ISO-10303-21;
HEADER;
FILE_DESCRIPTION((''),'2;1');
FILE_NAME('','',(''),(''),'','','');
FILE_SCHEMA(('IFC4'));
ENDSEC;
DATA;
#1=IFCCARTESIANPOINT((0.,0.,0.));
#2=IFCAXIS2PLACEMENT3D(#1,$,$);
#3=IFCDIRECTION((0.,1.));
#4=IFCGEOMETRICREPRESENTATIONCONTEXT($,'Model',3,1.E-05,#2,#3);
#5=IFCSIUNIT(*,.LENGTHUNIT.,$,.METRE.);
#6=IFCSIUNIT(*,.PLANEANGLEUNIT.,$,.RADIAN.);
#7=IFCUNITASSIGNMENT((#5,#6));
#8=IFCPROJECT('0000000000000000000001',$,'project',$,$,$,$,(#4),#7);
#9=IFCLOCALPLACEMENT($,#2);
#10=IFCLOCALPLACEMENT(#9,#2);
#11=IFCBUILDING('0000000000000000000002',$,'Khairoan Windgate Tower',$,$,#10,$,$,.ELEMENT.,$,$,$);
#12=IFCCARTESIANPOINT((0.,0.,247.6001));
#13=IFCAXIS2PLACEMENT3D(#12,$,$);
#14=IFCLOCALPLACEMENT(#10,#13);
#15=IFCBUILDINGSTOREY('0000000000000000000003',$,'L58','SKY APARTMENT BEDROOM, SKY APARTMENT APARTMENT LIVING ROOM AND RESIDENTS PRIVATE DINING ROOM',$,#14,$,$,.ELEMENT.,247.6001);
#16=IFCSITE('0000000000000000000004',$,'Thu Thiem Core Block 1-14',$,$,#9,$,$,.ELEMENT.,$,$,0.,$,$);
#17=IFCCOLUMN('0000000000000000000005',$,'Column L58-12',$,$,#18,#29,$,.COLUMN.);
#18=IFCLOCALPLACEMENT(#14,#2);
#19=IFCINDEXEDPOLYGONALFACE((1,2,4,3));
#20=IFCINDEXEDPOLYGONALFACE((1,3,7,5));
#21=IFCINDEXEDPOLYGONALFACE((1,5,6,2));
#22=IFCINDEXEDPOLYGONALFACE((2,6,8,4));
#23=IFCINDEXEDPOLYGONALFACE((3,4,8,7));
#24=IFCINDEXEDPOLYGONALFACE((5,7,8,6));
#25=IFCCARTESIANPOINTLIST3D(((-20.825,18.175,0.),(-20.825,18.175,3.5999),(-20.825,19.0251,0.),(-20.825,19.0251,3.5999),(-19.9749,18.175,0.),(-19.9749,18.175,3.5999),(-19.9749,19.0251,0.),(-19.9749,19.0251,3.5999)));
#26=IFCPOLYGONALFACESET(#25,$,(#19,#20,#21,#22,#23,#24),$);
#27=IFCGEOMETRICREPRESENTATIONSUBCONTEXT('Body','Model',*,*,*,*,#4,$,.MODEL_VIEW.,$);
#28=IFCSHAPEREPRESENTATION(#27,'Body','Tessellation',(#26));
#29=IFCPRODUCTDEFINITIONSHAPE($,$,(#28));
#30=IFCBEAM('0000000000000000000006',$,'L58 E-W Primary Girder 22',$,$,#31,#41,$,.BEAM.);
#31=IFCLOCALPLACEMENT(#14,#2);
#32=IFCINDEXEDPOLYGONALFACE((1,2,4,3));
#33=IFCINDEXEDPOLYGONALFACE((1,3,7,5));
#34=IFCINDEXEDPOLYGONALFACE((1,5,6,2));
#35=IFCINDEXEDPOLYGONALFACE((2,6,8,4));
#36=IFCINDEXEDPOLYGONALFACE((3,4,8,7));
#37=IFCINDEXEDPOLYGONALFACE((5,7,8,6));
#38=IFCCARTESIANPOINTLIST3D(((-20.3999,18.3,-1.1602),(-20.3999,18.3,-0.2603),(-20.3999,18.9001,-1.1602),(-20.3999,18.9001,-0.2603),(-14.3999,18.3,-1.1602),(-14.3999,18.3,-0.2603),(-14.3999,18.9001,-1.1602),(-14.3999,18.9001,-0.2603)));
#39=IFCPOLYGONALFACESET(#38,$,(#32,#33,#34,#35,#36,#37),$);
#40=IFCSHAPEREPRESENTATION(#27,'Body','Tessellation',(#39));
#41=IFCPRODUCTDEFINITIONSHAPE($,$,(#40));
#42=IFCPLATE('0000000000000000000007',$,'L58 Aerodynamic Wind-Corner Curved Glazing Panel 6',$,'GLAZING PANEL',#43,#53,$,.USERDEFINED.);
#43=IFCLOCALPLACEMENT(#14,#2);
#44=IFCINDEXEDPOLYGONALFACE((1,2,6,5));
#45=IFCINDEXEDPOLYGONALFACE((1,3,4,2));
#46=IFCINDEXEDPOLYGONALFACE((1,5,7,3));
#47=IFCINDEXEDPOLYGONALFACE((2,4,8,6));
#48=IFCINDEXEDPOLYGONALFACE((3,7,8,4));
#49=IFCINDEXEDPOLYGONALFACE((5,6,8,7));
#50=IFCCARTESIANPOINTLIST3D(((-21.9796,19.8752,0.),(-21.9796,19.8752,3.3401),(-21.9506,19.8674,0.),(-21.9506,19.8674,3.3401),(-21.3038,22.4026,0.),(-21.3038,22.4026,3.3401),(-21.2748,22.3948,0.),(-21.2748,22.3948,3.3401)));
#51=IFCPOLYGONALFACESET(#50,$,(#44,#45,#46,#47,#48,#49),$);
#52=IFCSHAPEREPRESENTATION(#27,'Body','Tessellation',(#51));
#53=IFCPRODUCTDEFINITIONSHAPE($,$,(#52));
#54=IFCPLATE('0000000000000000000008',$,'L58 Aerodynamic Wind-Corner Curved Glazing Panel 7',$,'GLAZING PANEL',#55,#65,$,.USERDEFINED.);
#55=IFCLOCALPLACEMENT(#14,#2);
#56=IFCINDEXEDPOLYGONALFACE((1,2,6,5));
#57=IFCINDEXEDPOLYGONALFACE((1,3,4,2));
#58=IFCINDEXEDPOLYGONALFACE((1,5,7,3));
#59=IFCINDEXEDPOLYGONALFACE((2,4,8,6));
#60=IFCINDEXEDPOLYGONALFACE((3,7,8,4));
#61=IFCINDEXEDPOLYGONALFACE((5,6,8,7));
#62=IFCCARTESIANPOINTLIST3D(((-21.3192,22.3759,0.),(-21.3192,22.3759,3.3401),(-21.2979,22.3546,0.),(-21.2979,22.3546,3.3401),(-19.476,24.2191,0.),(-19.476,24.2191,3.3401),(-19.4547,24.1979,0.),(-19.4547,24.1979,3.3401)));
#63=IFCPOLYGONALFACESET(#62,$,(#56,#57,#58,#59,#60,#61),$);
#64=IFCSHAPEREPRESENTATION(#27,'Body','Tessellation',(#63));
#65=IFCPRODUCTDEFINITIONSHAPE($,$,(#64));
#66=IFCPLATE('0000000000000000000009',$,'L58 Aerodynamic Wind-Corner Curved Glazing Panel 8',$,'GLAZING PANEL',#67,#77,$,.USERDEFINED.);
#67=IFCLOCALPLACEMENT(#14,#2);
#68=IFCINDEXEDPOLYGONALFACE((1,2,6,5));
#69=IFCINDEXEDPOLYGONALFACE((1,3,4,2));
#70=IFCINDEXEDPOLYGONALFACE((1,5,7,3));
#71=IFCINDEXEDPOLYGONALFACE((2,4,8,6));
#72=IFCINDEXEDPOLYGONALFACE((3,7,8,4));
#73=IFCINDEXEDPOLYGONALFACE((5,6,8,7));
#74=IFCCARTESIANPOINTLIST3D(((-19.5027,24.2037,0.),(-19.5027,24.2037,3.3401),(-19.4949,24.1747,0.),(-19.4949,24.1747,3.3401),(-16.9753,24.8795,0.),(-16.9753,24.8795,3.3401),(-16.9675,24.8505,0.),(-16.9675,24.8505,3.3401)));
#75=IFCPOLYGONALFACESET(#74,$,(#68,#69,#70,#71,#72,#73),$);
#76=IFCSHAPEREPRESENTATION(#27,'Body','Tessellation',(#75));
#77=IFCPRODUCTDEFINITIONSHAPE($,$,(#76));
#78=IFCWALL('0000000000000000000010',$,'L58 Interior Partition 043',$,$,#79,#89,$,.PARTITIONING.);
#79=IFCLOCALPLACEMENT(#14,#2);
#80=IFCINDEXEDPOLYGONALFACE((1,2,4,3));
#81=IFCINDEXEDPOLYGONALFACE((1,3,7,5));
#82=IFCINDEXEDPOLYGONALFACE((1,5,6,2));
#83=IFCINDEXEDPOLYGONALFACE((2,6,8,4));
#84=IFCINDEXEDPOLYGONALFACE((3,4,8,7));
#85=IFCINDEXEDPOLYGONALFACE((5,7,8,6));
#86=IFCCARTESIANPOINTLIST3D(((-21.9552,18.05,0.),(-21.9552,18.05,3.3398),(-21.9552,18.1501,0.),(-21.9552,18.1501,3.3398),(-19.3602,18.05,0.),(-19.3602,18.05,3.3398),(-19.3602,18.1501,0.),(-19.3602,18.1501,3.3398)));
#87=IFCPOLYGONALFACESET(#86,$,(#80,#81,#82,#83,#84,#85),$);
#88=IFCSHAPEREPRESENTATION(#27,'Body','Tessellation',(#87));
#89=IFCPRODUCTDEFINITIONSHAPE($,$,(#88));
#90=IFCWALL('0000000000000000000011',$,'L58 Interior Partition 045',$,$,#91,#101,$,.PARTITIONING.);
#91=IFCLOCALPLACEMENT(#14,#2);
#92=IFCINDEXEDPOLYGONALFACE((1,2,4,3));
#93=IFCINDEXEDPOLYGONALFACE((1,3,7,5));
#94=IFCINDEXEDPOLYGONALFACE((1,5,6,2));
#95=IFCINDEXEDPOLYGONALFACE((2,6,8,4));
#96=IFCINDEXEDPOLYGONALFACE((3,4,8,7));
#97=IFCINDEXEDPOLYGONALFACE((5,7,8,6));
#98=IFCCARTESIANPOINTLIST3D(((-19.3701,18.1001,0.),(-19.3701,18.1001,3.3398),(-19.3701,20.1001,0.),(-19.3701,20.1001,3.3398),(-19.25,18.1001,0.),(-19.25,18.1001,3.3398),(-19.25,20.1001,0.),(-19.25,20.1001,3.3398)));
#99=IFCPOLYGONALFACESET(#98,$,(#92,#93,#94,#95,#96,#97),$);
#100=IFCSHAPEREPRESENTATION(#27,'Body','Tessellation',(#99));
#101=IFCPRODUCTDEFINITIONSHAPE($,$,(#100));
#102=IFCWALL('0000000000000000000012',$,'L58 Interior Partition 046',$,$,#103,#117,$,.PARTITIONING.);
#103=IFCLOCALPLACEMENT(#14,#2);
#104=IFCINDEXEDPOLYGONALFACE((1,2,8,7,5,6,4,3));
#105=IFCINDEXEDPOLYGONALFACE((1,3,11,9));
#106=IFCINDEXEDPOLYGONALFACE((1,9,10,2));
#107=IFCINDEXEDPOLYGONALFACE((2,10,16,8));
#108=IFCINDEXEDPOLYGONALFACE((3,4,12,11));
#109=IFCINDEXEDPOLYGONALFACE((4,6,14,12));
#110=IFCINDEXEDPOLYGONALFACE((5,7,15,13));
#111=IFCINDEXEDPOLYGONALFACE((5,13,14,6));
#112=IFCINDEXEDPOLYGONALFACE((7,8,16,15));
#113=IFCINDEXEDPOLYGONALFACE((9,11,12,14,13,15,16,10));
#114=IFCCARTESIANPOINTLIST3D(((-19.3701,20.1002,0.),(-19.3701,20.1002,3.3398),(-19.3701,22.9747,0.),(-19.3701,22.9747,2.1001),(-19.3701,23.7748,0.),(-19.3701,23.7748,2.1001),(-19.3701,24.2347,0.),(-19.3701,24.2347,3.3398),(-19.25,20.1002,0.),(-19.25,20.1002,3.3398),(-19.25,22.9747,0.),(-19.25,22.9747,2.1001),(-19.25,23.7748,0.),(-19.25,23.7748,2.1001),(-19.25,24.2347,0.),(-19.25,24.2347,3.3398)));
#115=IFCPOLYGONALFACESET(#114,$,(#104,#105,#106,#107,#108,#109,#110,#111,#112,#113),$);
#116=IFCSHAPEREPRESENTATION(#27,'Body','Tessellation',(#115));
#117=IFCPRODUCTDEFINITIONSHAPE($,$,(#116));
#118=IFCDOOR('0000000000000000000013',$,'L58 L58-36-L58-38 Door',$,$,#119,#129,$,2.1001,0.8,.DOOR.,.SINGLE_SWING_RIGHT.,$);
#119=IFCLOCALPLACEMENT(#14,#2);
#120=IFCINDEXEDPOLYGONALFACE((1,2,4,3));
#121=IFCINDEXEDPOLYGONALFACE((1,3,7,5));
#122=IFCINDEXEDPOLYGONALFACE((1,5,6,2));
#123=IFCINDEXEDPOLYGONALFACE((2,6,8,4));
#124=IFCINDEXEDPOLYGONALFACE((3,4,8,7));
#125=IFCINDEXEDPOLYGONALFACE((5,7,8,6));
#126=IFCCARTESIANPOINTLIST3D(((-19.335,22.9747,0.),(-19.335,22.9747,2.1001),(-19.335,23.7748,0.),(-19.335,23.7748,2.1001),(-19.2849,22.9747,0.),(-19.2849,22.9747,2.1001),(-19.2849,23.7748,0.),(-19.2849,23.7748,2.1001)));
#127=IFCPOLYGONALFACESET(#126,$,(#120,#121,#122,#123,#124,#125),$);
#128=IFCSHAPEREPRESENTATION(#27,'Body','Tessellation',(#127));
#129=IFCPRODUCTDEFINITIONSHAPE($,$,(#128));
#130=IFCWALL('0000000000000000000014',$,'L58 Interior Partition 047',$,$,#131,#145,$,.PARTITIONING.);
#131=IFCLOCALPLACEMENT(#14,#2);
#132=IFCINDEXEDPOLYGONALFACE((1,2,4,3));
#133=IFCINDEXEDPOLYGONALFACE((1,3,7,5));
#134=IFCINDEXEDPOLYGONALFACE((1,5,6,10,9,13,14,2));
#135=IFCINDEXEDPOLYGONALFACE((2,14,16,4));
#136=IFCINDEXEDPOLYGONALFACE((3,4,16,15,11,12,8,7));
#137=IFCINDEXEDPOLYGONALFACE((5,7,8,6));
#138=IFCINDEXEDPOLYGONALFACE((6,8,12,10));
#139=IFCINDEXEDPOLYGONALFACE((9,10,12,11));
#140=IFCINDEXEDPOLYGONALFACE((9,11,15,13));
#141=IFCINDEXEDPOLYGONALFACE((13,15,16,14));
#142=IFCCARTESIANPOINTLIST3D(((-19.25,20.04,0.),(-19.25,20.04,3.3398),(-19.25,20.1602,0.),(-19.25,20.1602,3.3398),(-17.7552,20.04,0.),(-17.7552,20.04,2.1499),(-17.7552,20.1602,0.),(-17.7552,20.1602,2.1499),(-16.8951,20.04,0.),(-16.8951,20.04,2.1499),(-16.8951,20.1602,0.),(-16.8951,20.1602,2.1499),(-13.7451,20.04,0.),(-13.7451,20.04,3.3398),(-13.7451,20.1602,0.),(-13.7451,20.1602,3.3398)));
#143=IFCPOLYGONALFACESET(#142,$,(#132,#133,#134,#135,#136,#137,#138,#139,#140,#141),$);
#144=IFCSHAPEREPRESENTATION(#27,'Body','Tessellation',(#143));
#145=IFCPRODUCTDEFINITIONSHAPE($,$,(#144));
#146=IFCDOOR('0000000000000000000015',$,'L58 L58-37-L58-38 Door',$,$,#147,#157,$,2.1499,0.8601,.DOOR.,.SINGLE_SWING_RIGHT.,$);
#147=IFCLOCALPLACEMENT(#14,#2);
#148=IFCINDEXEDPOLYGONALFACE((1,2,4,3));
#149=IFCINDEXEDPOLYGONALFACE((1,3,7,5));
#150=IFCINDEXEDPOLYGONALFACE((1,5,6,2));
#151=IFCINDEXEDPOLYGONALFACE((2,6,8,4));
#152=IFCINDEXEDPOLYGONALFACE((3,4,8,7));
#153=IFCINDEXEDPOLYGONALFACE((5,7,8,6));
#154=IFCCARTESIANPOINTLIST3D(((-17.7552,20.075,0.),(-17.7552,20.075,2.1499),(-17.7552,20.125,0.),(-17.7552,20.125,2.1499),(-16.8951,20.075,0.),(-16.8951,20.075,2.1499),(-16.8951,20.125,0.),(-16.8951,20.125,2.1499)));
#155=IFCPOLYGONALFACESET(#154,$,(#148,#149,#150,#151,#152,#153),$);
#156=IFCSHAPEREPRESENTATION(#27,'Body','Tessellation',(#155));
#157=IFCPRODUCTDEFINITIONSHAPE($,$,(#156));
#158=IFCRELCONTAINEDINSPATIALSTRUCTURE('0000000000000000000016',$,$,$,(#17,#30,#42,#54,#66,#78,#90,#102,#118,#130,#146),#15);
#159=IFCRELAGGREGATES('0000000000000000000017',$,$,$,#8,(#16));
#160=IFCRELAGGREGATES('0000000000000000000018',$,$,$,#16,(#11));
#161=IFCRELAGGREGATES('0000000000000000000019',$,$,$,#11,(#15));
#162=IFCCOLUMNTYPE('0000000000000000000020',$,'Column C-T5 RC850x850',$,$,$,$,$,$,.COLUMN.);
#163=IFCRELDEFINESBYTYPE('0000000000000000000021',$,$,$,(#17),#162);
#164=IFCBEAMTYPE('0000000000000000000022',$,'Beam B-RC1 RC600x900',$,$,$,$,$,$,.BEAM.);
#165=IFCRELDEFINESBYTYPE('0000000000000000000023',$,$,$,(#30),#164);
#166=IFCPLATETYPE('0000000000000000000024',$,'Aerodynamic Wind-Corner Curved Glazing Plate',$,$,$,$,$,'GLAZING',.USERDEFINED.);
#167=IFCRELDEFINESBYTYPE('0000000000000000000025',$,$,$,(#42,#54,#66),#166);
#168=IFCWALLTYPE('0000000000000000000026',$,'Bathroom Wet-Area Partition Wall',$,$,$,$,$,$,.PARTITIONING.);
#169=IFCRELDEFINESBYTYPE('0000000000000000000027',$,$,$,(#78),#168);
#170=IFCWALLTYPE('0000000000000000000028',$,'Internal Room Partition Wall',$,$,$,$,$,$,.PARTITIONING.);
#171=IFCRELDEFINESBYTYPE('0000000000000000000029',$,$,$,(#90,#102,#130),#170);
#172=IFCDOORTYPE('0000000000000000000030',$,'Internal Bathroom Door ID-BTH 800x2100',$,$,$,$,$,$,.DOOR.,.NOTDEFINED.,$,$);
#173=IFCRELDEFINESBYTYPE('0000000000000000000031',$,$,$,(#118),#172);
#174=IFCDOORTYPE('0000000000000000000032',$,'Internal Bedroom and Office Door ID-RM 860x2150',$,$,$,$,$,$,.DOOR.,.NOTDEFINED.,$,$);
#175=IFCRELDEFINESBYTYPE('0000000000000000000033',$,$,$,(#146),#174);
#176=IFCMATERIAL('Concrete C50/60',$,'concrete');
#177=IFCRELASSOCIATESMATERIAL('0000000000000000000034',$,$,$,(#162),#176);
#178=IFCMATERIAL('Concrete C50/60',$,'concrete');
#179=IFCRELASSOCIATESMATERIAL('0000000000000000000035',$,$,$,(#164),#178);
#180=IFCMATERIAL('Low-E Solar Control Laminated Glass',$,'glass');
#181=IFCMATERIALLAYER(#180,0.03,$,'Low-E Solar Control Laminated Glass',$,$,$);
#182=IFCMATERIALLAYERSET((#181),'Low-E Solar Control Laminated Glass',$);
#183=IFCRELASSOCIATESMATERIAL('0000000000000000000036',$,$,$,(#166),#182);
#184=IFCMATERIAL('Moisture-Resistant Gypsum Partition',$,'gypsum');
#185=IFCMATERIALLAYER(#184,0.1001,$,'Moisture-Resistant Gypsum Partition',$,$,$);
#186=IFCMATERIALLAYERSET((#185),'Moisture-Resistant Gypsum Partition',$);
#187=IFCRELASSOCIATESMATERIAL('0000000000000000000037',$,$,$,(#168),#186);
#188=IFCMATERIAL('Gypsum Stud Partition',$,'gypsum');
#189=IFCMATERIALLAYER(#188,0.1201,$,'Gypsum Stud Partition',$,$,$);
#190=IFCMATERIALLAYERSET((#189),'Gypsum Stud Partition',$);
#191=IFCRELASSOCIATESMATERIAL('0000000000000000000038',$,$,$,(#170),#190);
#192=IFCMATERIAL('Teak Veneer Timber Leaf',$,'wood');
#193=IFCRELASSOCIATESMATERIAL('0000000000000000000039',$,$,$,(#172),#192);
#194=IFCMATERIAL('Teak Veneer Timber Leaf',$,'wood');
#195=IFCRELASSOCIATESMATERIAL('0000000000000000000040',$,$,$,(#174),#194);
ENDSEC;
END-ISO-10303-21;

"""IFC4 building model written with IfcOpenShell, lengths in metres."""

from ifc_helpers import new_model, si_unit, direction, frame, frame_2d, origin, origin_2d, place, context, subcontext, project, spatial, rectangle, extrude, material, layer, layer_set, material_profile, profile_set, type_object, element, fill, save


model = new_model("IFC4")

# Units and contexts
model_context = context("Model", 3, precision=1e-05, world=origin(), true_north=direction((0.0, 1.0)))
body_context = subcontext(model_context, "Body", "Model", "MODEL_VIEW")
ifc_project = project(units=[si_unit("LENGTHUNIT", "METRE"), si_unit("PLANEANGLEUNIT", "RADIAN")], contexts=[model_context])

# Site, building, storey
site_placement = place(None, origin())
site = spatial("IfcSite", under=ifc_project, at=site_placement, Name="Thu Thiem Core Block 1-14", CompositionType="ELEMENT", RefElevation=0.0)
building_placement = place(site_placement, origin())
building = spatial("IfcBuilding", under=site, at=building_placement, Name="Khairoan Windgate Tower", CompositionType="ELEMENT")
storey_placement = place(building_placement, frame((0.0, 0.0, 247.6001)))
storey = spatial("IfcBuildingStorey", under=building, at=storey_placement, Name="L58", Description="SKY APARTMENT BEDROOM, SKY APARTMENT APARTMENT LIVING ROOM AND RESIDENTS PRIVATE DINING ROOM", CompositionType="ELEMENT", Elevation=247.6001)

# Column
ifc_material_1 = material(Name="Concrete C50/60", Category="concrete")
ifc_material_profile_1 = material_profile(ifc_material_1, rectangle(XDim=0.8501, YDim=0.8501, at=origin_2d()))
ifc_profile_set_1 = profile_set([ifc_material_profile_1], Name="Concrete C50/60")
column_type = type_object("IfcColumnType", Name="Column C-T5 RC850x850", PredefinedType="COLUMN", material=ifc_profile_set_1)
column_placement = place(storey_placement, frame((-20.3999, 18.6001, 0.0), z_axis=(0.0, 0.0, 1.0), x_axis=(1.0, 0.0, 0.0)))
element("IfcColumn", 1, at=column_placement, inside=storey, type_object=column_type, Name="Column L58-12", PredefinedType="COLUMN", context=body_context, shape_type="SweptSolid", body=[
    extrude(rectangle(XDim=0.8501, YDim=0.8501, at=origin_2d()), origin(), (0.0, 0.0, 1.0), 3.5999),
])

# Beam
ifc_material_2 = material(Name="Concrete C50/60", Category="concrete")
ifc_material_profile_2 = material_profile(ifc_material_2, rectangle(XDim=0.6001, YDim=0.8999, at=origin_2d()))
ifc_profile_set_2 = profile_set([ifc_material_profile_2], Name="Concrete C50/60")
beam_type = type_object("IfcBeamType", Name="Beam B-RC1 RC600x900", PredefinedType="BEAM", material=ifc_profile_set_2)
beam_placement = place(storey_placement, frame((-20.3999, 18.6001, -0.7102), z_axis=(1.0, 0.0, 0.0), x_axis=(0.0, 1.0, 0.0)))
element("IfcBeam", 2, at=beam_placement, inside=storey, type_object=beam_type, Name="L58 E-W Primary Girder 22", PredefinedType="BEAM", context=body_context, shape_type="SweptSolid", body=[
    extrude(rectangle(XDim=0.6001, YDim=0.8999, at=origin_2d()), origin(), (0.0, 0.0, 1.0), 6.0),
])

# Plates
ifc_material_3 = material(Name="Low-E Solar Control Laminated Glass", Category="glass")
ifc_layer_1 = layer(ifc_material_3, 0.03, Name="Low-E Solar Control Laminated Glass")
ifc_layer_set_1 = layer_set([ifc_layer_1], Name="Low-E Solar Control Laminated Glass")
plate_type_1 = type_object("IfcPlateType", Name="Aerodynamic Wind-Corner Curved Glazing Plate", ElementType="GLAZING", PredefinedType="USERDEFINED", material=ifc_layer_set_1)
plate_1_placement = place(storey_placement, frame((-21.6272, 21.135, 0.0), z_axis=(0.0, 0.0, 1.0), x_axis=(0.258313, 0.966061, 0.0)))
element("IfcPlate", 3, at=plate_1_placement, inside=storey, type_object=plate_type_1, Name="L58 Aerodynamic Wind-Corner Curved Glazing Panel 6", ObjectType="GLAZING PANEL", PredefinedType="USERDEFINED", context=body_context, shape_type="SweptSolid", body=[
    extrude(rectangle(XDim=2.6162, YDim=0.03, at=origin_2d()), origin(), (0.0, 0.0, 1.0), 3.3401),
])
plate_2_placement = place(storey_placement, frame((-20.387, 23.2869, 0.0), z_axis=(0.0, 0.0, 1.0), x_axis=(0.707107, 0.707107, 0.0)))
element("IfcPlate", 4, at=plate_2_placement, inside=storey, type_object=plate_type_1, Name="L58 Aerodynamic Wind-Corner Curved Glazing Panel 7", ObjectType="GLAZING PANEL", PredefinedType="USERDEFINED", context=body_context, shape_type="SweptSolid", body=[
    extrude(rectangle(XDim=2.6067, YDim=0.03, at=origin_2d()), origin(), (0.0, 0.0, 1.0), 3.3401),
])
plate_3_placement = place(storey_placement, frame((-18.2351, 24.5271, 0.0), z_axis=(0.0, 0.0, 1.0), x_axis=(0.966061, 0.258313, 0.0)))
element("IfcPlate", 5, at=plate_3_placement, inside=storey, type_object=plate_type_1, Name="L58 Aerodynamic Wind-Corner Curved Glazing Panel 8", ObjectType="GLAZING PANEL", PredefinedType="USERDEFINED", context=body_context, shape_type="SweptSolid", body=[
    extrude(rectangle(XDim=2.6162, YDim=0.03, at=origin_2d()), origin(), (0.0, 0.0, 1.0), 3.3401),
])

# Walls
ifc_material_4 = material(Name="Moisture-Resistant Gypsum Partition", Category="gypsum")
ifc_layer_2 = layer(ifc_material_4, 0.1001, Name="Moisture-Resistant Gypsum Partition")
ifc_layer_set_2 = layer_set([ifc_layer_2], Name="Moisture-Resistant Gypsum Partition")
wall_type_1 = type_object("IfcWallType", Name="Bathroom Wet-Area Partition Wall", PredefinedType="PARTITIONING", material=ifc_layer_set_2)
wall_1_placement = place(storey_placement, frame((-21.9551, 18.1001, 0.0), z_axis=(0.0, 0.0, 1.0), x_axis=(1.0, 0.0, 0.0)))
element("IfcWall", 6, at=wall_1_placement, inside=storey, type_object=wall_type_1, Name="L58 Interior Partition 043", PredefinedType="PARTITIONING", context=body_context, shape_type="SweptSolid", body=[
    extrude(rectangle(XDim=2.595, YDim=0.1001, at=frame_2d((1.2974, 0.0))), origin(), (0.0, 0.0, 1.0), 3.3398),
])
ifc_material_5 = material(Name="Gypsum Stud Partition", Category="gypsum")
ifc_layer_3 = layer(ifc_material_5, 0.1201, Name="Gypsum Stud Partition")
ifc_layer_set_3 = layer_set([ifc_layer_3], Name="Gypsum Stud Partition")
wall_type_2 = type_object("IfcWallType", Name="Internal Room Partition Wall", PredefinedType="PARTITIONING", material=ifc_layer_set_3)
wall_2_placement = place(storey_placement, frame((-19.3101, 18.1001, 0.0), z_axis=(0.0, 0.0, 1.0), x_axis=(0.0, 1.0, 0.0)))
element("IfcWall", 7, at=wall_2_placement, inside=storey, type_object=wall_type_2, Name="L58 Interior Partition 045", PredefinedType="PARTITIONING", context=body_context, shape_type="SweptSolid", body=[
    extrude(rectangle(XDim=2.0, YDim=0.1201, at=frame_2d((1.0, 0.0))), origin(), (0.0, 0.0, 1.0), 3.3398),
])

# Walls, openings, doors
wall_3_placement = place(storey_placement, frame((-19.3101, 20.1001, 0.0), z_axis=(0.0, 0.0, 1.0), x_axis=(0.0, 1.0, 0.0)))
wall_3 = element("IfcWall", 8, at=wall_3_placement, inside=storey, type_object=wall_type_2, Name="L58 Interior Partition 046", PredefinedType="PARTITIONING", context=body_context, shape_type="SweptSolid", body=[
    extrude(rectangle(XDim=4.1345, YDim=0.1201, at=frame_2d((2.0674, 0.0))), origin(), (0.0, 0.0, 1.0), 3.3398),
])
opening_1_placement = place(wall_3_placement, frame((2.8748, 0.0, 0.0)))
opening_1 = element("IfcOpeningElement", 9, at=opening_1_placement, cuts=wall_3, PredefinedType="OPENING", context=body_context, shape_type="SweptSolid", body=[
    extrude(rectangle(XDim=0.8, YDim=2.1001, at=frame_2d((0.3999, 1.05))), frame((0.0, 0.0701, 0.0), z_axis=(0.0, -1.0, 0.0), x_axis=(1.0, 0.0, 0.0)), (0.0, 0.0, 1.0), 0.1401),
])
ifc_material_6 = material(Name="Teak Veneer Timber Leaf", Category="wood")
door_type_1 = type_object("IfcDoorType", Name="Internal Bathroom Door ID-BTH 800x2100", OperationType="NOTDEFINED", PredefinedType="DOOR", material=ifc_material_6)
door_1_placement = place(opening_1_placement, origin())
door_1 = element("IfcDoor", 10, at=door_1_placement, inside=storey, type_object=door_type_1, Name="L58 L58-36-L58-38 Door", OperationType="SINGLE_SWING_RIGHT", OverallHeight=2.1001, OverallWidth=0.8, PredefinedType="DOOR", context=body_context, shape_type="SweptSolid", body=[
    extrude(rectangle(XDim=0.8, YDim=2.1001, at=frame_2d((0.3999, 1.05))), frame((0.0, 0.0249, 0.0), z_axis=(0.0, -1.0, 0.0), x_axis=(1.0, 0.0, 0.0)), (0.0, 0.0, 1.0), 0.05),
])
fill(opening_1, door_1)
wall_4_placement = place(storey_placement, frame((-19.25, 20.1001, 0.0), z_axis=(0.0, 0.0, 1.0), x_axis=(1.0, 0.0, 0.0)))
wall_4 = element("IfcWall", 11, at=wall_4_placement, inside=storey, type_object=wall_type_2, Name="L58 Interior Partition 047", PredefinedType="PARTITIONING", context=body_context, shape_type="SweptSolid", body=[
    extrude(rectangle(XDim=5.5049, YDim=0.1201, at=frame_2d((2.7524, 0.0))), origin(), (0.0, 0.0, 1.0), 3.3398),
])
opening_2_placement = place(wall_4_placement, frame((1.4946, 0.0, 0.0)))
opening_2 = element("IfcOpeningElement", 12, at=opening_2_placement, cuts=wall_4, PredefinedType="OPENING", context=body_context, shape_type="SweptSolid", body=[
    extrude(rectangle(XDim=0.8601, YDim=2.1499, at=frame_2d((0.4302, 1.075))), frame((0.0, 0.0701, 0.0), z_axis=(0.0, -1.0, 0.0), x_axis=(1.0, 0.0, 0.0)), (0.0, 0.0, 1.0), 0.1401),
])
ifc_material_7 = material(Name="Teak Veneer Timber Leaf", Category="wood")
door_type_2 = type_object("IfcDoorType", Name="Internal Bedroom and Office Door ID-RM 860x2150", OperationType="NOTDEFINED", PredefinedType="DOOR", material=ifc_material_7)
door_2_placement = place(opening_2_placement, origin())
door_2 = element("IfcDoor", 13, at=door_2_placement, inside=storey, type_object=door_type_2, Name="L58 L58-37-L58-38 Door", OperationType="SINGLE_SWING_RIGHT", OverallHeight=2.1499, OverallWidth=0.8601, PredefinedType="DOOR", context=body_context, shape_type="SweptSolid", body=[
    extrude(rectangle(XDim=0.8601, YDim=2.1499, at=frame_2d((0.4302, 1.075))), frame((0.0, 0.0249, 0.0), z_axis=(0.0, -1.0, 0.0), x_axis=(1.0, 0.0, 0.0)), (0.0, 0.0, 1.0), 0.05),
])
fill(opening_2, door_2)

save(model, "model.ifc")
